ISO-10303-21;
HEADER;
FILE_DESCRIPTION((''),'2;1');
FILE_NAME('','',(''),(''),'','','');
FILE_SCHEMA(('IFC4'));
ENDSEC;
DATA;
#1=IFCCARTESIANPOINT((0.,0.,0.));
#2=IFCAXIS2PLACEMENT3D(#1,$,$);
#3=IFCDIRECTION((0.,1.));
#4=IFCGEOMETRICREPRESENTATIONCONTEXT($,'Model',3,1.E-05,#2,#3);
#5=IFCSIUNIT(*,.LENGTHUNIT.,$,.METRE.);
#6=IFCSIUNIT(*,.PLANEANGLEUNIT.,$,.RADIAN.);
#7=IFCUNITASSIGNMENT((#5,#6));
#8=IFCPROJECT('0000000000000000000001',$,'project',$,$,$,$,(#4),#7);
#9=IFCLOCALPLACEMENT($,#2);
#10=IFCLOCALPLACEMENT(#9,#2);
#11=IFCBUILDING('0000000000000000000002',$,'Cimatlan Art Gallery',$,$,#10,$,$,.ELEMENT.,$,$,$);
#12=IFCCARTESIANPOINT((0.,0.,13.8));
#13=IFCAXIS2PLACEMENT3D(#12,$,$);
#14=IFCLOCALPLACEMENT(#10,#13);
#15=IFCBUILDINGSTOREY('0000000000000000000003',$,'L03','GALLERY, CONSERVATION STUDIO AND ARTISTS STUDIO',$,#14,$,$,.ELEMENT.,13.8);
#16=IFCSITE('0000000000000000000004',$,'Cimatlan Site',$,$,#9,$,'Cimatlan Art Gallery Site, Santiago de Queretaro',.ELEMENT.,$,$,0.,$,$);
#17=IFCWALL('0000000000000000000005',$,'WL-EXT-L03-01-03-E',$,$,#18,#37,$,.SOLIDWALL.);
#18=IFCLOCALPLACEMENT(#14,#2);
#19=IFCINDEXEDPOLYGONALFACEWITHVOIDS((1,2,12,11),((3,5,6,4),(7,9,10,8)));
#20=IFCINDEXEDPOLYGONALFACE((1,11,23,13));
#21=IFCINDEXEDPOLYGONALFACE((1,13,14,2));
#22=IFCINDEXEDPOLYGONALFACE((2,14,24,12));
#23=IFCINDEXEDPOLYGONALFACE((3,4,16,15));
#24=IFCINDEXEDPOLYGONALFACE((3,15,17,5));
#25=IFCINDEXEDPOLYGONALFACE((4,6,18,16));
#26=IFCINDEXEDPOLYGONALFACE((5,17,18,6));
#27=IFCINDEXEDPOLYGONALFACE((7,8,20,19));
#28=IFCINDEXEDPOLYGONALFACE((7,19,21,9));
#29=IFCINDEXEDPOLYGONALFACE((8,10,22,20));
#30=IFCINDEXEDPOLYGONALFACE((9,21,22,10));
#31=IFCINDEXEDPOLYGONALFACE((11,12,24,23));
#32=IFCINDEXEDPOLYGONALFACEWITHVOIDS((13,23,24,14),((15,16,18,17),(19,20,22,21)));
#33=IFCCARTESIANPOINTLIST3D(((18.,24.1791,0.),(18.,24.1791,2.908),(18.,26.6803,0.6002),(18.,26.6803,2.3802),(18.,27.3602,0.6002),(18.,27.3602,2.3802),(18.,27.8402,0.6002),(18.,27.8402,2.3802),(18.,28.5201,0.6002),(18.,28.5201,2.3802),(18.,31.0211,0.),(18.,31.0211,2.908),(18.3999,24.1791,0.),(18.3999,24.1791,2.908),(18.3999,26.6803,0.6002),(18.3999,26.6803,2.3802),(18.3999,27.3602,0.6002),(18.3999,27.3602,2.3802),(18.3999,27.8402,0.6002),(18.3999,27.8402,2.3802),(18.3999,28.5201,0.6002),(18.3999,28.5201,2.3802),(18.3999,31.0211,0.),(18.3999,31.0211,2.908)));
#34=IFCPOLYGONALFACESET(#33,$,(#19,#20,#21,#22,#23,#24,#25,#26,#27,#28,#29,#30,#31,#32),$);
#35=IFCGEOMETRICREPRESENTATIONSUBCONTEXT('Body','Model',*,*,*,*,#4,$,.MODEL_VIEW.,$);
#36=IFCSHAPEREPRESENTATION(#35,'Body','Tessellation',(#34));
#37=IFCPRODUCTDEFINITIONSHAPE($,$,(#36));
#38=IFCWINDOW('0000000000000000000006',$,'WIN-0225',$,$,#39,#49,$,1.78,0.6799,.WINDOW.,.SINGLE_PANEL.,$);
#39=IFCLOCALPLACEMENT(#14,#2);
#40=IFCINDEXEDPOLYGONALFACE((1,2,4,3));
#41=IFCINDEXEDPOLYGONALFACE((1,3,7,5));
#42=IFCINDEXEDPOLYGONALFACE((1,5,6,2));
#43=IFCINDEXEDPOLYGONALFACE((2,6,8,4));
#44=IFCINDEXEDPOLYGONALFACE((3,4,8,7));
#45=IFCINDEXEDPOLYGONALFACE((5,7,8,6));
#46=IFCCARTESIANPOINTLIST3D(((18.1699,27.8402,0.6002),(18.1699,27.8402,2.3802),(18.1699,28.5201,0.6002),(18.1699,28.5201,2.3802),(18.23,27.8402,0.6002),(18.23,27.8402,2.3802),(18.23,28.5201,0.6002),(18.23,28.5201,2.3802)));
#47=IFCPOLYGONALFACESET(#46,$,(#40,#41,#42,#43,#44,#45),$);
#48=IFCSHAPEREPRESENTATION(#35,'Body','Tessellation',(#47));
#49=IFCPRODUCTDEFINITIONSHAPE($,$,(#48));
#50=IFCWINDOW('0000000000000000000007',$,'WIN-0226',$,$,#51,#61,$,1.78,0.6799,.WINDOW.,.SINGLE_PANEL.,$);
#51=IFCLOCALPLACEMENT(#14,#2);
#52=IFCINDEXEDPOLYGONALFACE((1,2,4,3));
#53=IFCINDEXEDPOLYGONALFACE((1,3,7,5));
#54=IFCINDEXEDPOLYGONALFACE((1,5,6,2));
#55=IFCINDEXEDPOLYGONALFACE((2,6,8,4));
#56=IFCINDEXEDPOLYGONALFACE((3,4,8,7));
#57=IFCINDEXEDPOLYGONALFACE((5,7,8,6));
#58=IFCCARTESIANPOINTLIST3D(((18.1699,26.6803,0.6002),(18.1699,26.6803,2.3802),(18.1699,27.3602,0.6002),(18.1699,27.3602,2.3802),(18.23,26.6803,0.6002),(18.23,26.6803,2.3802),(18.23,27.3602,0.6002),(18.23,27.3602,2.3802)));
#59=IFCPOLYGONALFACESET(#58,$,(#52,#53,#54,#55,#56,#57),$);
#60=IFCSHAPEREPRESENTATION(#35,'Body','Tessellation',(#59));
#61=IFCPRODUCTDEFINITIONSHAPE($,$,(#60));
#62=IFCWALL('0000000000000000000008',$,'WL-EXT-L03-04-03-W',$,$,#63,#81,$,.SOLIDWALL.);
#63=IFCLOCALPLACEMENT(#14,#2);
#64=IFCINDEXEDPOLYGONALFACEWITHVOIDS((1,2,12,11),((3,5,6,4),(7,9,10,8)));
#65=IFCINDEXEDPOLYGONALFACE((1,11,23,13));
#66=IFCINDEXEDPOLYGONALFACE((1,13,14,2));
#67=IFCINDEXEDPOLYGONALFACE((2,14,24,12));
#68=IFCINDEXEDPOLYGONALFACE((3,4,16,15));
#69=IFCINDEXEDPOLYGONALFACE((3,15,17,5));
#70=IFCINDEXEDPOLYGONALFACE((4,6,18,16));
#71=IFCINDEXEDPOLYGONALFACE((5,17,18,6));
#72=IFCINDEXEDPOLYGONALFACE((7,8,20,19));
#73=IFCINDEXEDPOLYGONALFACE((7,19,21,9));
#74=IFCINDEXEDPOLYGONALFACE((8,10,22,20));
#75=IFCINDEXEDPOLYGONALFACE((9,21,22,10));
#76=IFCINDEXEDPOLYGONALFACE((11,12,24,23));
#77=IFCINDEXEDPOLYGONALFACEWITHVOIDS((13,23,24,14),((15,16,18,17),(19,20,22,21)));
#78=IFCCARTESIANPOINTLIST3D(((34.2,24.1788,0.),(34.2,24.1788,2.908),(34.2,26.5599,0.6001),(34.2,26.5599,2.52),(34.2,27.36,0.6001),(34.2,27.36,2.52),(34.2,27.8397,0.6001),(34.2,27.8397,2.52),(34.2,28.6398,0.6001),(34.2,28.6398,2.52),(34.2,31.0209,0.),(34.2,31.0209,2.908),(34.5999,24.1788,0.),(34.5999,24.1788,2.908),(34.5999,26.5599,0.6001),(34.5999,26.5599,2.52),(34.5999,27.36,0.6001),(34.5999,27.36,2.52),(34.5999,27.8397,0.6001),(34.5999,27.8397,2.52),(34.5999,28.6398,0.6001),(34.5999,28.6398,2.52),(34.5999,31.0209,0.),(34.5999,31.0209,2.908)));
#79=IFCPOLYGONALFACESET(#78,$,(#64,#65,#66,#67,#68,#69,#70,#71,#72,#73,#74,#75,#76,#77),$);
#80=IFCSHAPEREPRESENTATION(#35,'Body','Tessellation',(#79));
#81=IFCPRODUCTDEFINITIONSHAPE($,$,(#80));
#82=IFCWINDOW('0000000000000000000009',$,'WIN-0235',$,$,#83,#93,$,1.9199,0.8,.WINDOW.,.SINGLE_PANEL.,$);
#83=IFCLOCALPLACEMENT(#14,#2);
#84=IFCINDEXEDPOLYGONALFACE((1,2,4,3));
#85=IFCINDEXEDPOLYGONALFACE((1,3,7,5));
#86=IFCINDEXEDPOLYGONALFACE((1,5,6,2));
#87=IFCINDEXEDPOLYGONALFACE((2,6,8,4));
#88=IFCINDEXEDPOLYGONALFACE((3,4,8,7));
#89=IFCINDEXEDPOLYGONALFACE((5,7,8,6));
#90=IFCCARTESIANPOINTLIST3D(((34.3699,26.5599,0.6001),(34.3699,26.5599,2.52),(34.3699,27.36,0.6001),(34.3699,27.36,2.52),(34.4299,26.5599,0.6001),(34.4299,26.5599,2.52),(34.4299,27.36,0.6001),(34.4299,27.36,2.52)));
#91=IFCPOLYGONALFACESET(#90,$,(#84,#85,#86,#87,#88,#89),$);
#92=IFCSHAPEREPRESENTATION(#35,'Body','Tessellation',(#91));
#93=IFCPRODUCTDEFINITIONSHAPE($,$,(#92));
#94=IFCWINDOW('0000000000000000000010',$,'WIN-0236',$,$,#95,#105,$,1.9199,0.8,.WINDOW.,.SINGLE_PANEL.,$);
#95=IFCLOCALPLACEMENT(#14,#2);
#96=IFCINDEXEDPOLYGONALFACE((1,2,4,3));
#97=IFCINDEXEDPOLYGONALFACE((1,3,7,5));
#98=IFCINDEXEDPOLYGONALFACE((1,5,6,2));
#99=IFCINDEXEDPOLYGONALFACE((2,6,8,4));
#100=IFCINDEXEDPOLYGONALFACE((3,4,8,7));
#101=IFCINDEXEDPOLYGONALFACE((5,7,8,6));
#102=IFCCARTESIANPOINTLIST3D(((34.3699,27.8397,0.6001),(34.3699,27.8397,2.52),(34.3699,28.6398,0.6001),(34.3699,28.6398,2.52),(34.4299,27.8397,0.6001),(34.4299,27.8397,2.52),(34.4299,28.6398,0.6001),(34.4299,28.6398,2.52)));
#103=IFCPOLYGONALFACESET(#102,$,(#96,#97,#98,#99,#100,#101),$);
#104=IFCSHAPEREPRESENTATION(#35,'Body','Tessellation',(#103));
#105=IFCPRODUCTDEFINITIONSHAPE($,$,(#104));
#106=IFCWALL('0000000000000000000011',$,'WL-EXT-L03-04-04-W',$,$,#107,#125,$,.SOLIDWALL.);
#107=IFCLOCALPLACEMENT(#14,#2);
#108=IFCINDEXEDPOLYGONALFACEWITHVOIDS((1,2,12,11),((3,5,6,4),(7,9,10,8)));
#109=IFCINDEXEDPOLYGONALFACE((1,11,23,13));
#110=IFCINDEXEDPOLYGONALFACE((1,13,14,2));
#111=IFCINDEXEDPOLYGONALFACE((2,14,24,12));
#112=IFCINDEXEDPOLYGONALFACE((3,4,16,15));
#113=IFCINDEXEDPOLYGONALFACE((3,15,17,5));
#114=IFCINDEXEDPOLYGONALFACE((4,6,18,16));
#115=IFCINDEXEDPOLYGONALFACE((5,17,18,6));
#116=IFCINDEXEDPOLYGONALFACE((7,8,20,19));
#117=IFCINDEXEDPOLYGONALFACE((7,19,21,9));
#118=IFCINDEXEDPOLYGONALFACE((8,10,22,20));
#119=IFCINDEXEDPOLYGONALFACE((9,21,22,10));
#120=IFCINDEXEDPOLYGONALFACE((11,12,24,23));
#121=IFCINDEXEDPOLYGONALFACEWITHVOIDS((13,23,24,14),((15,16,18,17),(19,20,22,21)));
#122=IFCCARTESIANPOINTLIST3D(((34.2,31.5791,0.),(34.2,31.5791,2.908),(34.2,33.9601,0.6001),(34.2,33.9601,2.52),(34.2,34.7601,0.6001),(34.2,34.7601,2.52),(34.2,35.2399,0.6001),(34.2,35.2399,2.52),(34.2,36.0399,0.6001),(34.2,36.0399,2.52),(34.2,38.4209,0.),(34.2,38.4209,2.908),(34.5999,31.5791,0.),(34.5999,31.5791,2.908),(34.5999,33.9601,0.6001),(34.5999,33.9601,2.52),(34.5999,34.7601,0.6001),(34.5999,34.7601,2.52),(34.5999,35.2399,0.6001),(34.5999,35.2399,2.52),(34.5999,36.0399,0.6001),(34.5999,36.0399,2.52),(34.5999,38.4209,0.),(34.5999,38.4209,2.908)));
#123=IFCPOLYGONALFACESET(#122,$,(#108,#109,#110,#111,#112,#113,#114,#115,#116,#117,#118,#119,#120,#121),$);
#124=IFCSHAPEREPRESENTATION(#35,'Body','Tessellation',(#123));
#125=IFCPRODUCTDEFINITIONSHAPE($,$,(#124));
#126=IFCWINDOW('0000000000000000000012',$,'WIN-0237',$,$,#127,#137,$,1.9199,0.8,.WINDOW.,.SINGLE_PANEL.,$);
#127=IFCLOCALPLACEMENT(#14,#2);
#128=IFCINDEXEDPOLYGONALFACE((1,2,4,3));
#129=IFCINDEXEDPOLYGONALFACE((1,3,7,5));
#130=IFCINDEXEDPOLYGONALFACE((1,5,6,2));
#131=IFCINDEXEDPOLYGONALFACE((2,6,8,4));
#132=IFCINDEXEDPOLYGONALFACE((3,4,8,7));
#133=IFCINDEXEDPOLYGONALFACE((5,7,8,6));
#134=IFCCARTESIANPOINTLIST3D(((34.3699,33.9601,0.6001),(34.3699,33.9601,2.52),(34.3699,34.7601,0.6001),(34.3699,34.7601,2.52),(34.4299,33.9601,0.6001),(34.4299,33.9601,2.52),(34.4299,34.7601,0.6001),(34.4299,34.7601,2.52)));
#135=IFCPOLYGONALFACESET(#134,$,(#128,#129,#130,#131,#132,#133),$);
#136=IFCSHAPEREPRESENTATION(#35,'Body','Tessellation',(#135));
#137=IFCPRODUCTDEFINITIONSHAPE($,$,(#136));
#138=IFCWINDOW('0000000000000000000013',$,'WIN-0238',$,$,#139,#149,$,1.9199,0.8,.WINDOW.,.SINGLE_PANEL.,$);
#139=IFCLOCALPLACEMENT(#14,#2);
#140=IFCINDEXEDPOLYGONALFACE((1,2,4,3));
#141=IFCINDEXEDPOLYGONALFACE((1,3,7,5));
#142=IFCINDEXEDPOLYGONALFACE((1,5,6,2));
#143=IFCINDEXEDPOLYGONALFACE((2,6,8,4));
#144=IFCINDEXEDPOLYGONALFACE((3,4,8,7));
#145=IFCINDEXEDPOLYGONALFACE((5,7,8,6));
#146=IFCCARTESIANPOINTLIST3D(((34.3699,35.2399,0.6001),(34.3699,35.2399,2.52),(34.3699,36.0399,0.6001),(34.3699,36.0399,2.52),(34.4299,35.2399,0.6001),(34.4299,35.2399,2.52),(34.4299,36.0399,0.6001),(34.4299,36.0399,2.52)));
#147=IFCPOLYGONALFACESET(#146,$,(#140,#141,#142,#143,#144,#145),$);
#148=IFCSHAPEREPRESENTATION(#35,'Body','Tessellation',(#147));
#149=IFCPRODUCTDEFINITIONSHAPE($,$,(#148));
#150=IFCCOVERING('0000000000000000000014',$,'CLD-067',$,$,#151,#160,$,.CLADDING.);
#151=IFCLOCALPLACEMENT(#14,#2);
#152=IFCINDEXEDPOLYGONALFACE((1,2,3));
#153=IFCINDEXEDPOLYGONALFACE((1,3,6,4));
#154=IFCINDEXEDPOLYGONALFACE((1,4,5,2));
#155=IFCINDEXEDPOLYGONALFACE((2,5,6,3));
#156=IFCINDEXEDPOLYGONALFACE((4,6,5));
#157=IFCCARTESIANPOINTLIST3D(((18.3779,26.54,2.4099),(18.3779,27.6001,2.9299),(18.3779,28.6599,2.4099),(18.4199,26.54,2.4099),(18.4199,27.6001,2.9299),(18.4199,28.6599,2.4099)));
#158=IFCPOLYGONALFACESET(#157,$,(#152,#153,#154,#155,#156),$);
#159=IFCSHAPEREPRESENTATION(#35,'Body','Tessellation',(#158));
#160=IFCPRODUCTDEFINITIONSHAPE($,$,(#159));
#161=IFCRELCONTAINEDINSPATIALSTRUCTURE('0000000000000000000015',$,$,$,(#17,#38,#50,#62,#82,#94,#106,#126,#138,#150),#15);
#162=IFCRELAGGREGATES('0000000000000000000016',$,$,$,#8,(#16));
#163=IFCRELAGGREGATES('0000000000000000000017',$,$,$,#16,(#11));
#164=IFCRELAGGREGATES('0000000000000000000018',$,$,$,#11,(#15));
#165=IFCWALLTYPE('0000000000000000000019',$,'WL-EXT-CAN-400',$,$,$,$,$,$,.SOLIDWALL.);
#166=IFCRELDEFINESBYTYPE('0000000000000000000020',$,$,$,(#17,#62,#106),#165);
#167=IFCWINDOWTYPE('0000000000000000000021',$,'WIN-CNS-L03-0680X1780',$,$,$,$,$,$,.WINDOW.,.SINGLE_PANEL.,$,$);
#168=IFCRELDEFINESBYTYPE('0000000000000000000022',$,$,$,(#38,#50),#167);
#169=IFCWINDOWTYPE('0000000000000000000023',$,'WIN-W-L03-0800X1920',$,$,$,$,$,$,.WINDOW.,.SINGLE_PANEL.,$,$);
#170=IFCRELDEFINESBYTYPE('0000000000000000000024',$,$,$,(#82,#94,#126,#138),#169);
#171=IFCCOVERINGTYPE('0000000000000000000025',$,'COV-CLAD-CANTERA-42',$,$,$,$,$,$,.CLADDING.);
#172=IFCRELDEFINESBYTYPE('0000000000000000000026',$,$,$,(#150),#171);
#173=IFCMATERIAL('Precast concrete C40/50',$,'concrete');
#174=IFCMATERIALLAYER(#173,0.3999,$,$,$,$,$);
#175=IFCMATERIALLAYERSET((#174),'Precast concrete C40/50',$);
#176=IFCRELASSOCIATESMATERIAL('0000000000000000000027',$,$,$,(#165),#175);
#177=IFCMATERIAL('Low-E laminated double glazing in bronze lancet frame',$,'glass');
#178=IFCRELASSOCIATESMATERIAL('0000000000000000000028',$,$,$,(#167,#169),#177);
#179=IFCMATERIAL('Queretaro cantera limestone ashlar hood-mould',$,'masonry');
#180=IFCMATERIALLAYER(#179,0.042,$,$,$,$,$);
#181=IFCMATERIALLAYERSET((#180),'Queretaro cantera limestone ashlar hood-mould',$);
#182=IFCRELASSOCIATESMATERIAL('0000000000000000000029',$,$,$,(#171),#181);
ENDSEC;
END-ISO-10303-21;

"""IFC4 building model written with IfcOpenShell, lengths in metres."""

from ifc_helpers import new_model, si_unit, direction, frame, frame_2d, origin, place, context, subcontext, project, spatial, polyline, rectangle, outline, extrude, material, layer, layer_set, type_object, element, fill, save


model = new_model("IFC4")

# Units and contexts
model_context = context("Model", 3, precision=1e-05, world=origin(), true_north=direction((0.0, 1.0)))
body_context = subcontext(model_context, "Body", "Model", "MODEL_VIEW")
ifc_project = project(units=[si_unit("LENGTHUNIT", "METRE"), si_unit("PLANEANGLEUNIT", "RADIAN")], contexts=[model_context])

# Site, building, storey
site_placement = place(None, origin())
site = spatial("IfcSite", under=ifc_project, at=site_placement, Name="Cimatlan Site", LongName="Cimatlan Art Gallery Site, Santiago de Queretaro", CompositionType="ELEMENT", RefElevation=0.0)
building_placement = place(site_placement, origin())
building = spatial("IfcBuilding", under=site, at=building_placement, Name="Cimatlan Art Gallery", CompositionType="ELEMENT")
storey_placement = place(building_placement, frame((0.0, 0.0, 13.8)))
storey = spatial("IfcBuildingStorey", under=building, at=storey_placement, Name="L03", Description="GALLERY, CONSERVATION STUDIO AND ARTISTS STUDIO", CompositionType="ELEMENT", Elevation=13.8)

# Walls, openings, windows
ifc_material_1 = material(Name="Precast concrete C40/50", Category="concrete")
ifc_layer_1 = layer(ifc_material_1, 0.3999)
ifc_layer_set_1 = layer_set([ifc_layer_1], Name="Precast concrete C40/50")
wall_type = type_object("IfcWallType", Name="WL-EXT-CAN-400", PredefinedType="SOLIDWALL", material=ifc_layer_set_1)
ifc_material_2 = material(Name="Low-E laminated double glazing in bronze lancet frame", Category="glass")
window_type_1 = type_object("IfcWindowType", Name="WIN-CNS-L03-0680X1780", PartitioningType="SINGLE_PANEL", PredefinedType="WINDOW", material=ifc_material_2)
wall_1_placement = place(storey_placement, frame((18.2, 31.021, 0.0), z_axis=(0.0, 0.0, 1.0), x_axis=(0.0, -1.0, 0.0)))
wall_1 = element("IfcWall", 1, at=wall_1_placement, inside=storey, type_object=wall_type, Name="WL-EXT-L03-01-03-E", PredefinedType="SOLIDWALL", context=body_context, shape_type="SweptSolid", body=[
    extrude(rectangle(XDim=6.842, YDim=0.3999, at=frame_2d((3.4209, 0.0))), origin(), (0.0, 0.0, 1.0), 2.908),
])
opening_1_placement = place(wall_1_placement, frame((2.501, 0.0, 0.6001)))
opening_1 = element("IfcOpeningElement", 2, at=opening_1_placement, cuts=wall_1, PredefinedType="OPENING", context=body_context, shape_type="SweptSolid", body=[
    extrude(rectangle(XDim=0.6799, YDim=1.78, at=frame_2d((0.3398, 0.8901))), frame((0.0, 0.21, 0.0), z_axis=(0.0, -1.0, 0.0), x_axis=(1.0, 0.0, 0.0)), (0.0, 0.0, 1.0), 0.4199),
])
opening_2_placement = place(wall_1_placement, frame((3.6609, 0.0, 0.6001)))
opening_2 = element("IfcOpeningElement", 3, at=opening_2_placement, cuts=wall_1, PredefinedType="OPENING", context=body_context, shape_type="SweptSolid", body=[
    extrude(rectangle(XDim=0.6799, YDim=1.78, at=frame_2d((0.3398, 0.8901))), frame((0.0, 0.21, 0.0), z_axis=(0.0, -1.0, 0.0), x_axis=(1.0, 0.0, 0.0)), (0.0, 0.0, 1.0), 0.4199),
])
window_1_placement = place(opening_1_placement, origin())
window_1 = element("IfcWindow", 4, at=window_1_placement, inside=storey, type_object=window_type_1, Name="WIN-0225", OverallHeight=1.78, OverallWidth=0.6799, PartitioningType="SINGLE_PANEL", PredefinedType="WINDOW", context=body_context, shape_type="SweptSolid", body=[
    extrude(rectangle(XDim=0.6799, YDim=1.78, at=frame_2d((0.3398, 0.8901))), frame((0.0, 0.03, 0.0), z_axis=(0.0, -1.0, 0.0), x_axis=(1.0, 0.0, 0.0)), (0.0, 0.0, 1.0), 0.0601),
])
fill(opening_1, window_1)
window_2_placement = place(opening_2_placement, origin())
window_2 = element("IfcWindow", 5, at=window_2_placement, inside=storey, type_object=window_type_1, Name="WIN-0226", OverallHeight=1.78, OverallWidth=0.6799, PartitioningType="SINGLE_PANEL", PredefinedType="WINDOW", context=body_context, shape_type="SweptSolid", body=[
    extrude(rectangle(XDim=0.6799, YDim=1.78, at=frame_2d((0.3398, 0.8901))), frame((0.0, 0.03, 0.0), z_axis=(0.0, -1.0, 0.0), x_axis=(1.0, 0.0, 0.0)), (0.0, 0.0, 1.0), 0.0601),
])
fill(opening_2, window_2)
wall_2_placement = place(storey_placement, frame((34.3999, 24.179, 0.0), z_axis=(0.0, 0.0, 1.0), x_axis=(0.0, 1.0, 0.0)))
wall_2 = element("IfcWall", 6, at=wall_2_placement, inside=storey, type_object=wall_type, Name="WL-EXT-L03-04-03-W", PredefinedType="SOLIDWALL", context=body_context, shape_type="SweptSolid", body=[
    extrude(rectangle(XDim=6.842, YDim=0.3999, at=frame_2d((3.4209, 0.0))), origin(), (0.0, 0.0, 1.0), 2.908),
])
opening_3_placement = place(wall_2_placement, frame((2.3811, 0.0, 0.6001)))
opening_3 = element("IfcOpeningElement", 7, at=opening_3_placement, cuts=wall_2, PredefinedType="OPENING", context=body_context, shape_type="SweptSolid", body=[
    extrude(rectangle(XDim=0.8, YDim=1.9199, at=frame_2d((0.3999, 0.96))), frame((0.0, 0.21, 0.0), z_axis=(0.0, -1.0, 0.0), x_axis=(1.0, 0.0, 0.0)), (0.0, 0.0, 1.0), 0.4199),
])
opening_4_placement = place(wall_2_placement, frame((3.6609, 0.0, 0.6001)))
opening_4 = element("IfcOpeningElement", 8, at=opening_4_placement, cuts=wall_2, PredefinedType="OPENING", context=body_context, shape_type="SweptSolid", body=[
    extrude(rectangle(XDim=0.8, YDim=1.9199, at=frame_2d((0.3999, 0.96))), frame((0.0, 0.21, 0.0), z_axis=(0.0, -1.0, 0.0), x_axis=(1.0, 0.0, 0.0)), (0.0, 0.0, 1.0), 0.4199),
])
window_type_2 = type_object("IfcWindowType", Name="WIN-W-L03-0800X1920", PartitioningType="SINGLE_PANEL", PredefinedType="WINDOW", material=ifc_material_2)
window_3_placement = place(opening_3_placement, origin())
window_3 = element("IfcWindow", 9, at=window_3_placement, inside=storey, type_object=window_type_2, Name="WIN-0235", OverallHeight=1.9199, OverallWidth=0.8, PartitioningType="SINGLE_PANEL", PredefinedType="WINDOW", context=body_context, shape_type="SweptSolid", body=[
    extrude(rectangle(XDim=0.8, YDim=1.9199, at=frame_2d((0.3999, 0.96))), frame((0.0, 0.03, 0.0), z_axis=(0.0, -1.0, 0.0), x_axis=(1.0, 0.0, 0.0)), (0.0, 0.0, 1.0), 0.0601),
])
fill(opening_3, window_3)
window_4_placement = place(opening_4_placement, origin())
window_4 = element("IfcWindow", 10, at=window_4_placement, inside=storey, type_object=window_type_2, Name="WIN-0236", OverallHeight=1.9199, OverallWidth=0.8, PartitioningType="SINGLE_PANEL", PredefinedType="WINDOW", context=body_context, shape_type="SweptSolid", body=[
    extrude(rectangle(XDim=0.8, YDim=1.9199, at=frame_2d((0.3999, 0.96))), frame((0.0, 0.03, 0.0), z_axis=(0.0, -1.0, 0.0), x_axis=(1.0, 0.0, 0.0)), (0.0, 0.0, 1.0), 0.0601),
])
fill(opening_4, window_4)
wall_3_placement = place(storey_placement, frame((34.3999, 31.5791, 0.0), z_axis=(0.0, 0.0, 1.0), x_axis=(0.0, 1.0, 0.0)))
wall_3 = element("IfcWall", 11, at=wall_3_placement, inside=storey, type_object=wall_type, Name="WL-EXT-L03-04-04-W", PredefinedType="SOLIDWALL", context=body_context, shape_type="SweptSolid", body=[
    extrude(rectangle(XDim=6.8418, YDim=0.3999, at=frame_2d((3.4209, 0.0))), origin(), (0.0, 0.0, 1.0), 2.908),
])
opening_5_placement = place(wall_3_placement, frame((2.3811, 0.0, 0.6001)))
opening_5 = element("IfcOpeningElement", 12, at=opening_5_placement, cuts=wall_3, PredefinedType="OPENING", context=body_context, shape_type="SweptSolid", body=[
    extrude(rectangle(XDim=0.8, YDim=1.9199, at=frame_2d((0.3999, 0.96))), frame((0.0, 0.21, 0.0), z_axis=(0.0, -1.0, 0.0), x_axis=(1.0, 0.0, 0.0)), (0.0, 0.0, 1.0), 0.4199),
])
opening_6_placement = place(wall_3_placement, frame((3.6609, 0.0, 0.6001)))
opening_6 = element("IfcOpeningElement", 13, at=opening_6_placement, cuts=wall_3, PredefinedType="OPENING", context=body_context, shape_type="SweptSolid", body=[
    extrude(rectangle(XDim=0.8, YDim=1.9199, at=frame_2d((0.3999, 0.96))), frame((0.0, 0.21, 0.0), z_axis=(0.0, -1.0, 0.0), x_axis=(1.0, 0.0, 0.0)), (0.0, 0.0, 1.0), 0.4199),
])
window_5_placement = place(opening_5_placement, origin())
window_5 = element("IfcWindow", 14, at=window_5_placement, inside=storey, type_object=window_type_2, Name="WIN-0237", OverallHeight=1.9199, OverallWidth=0.8, PartitioningType="SINGLE_PANEL", PredefinedType="WINDOW", context=body_context, shape_type="SweptSolid", body=[
    extrude(rectangle(XDim=0.8, YDim=1.9199, at=frame_2d((0.3999, 0.96))), frame((0.0, 0.03, 0.0), z_axis=(0.0, -1.0, 0.0), x_axis=(1.0, 0.0, 0.0)), (0.0, 0.0, 1.0), 0.0601),
])
fill(opening_5, window_5)
window_6_placement = place(opening_6_placement, origin())
window_6 = element("IfcWindow", 15, at=window_6_placement, inside=storey, type_object=window_type_2, Name="WIN-0238", OverallHeight=1.9199, OverallWidth=0.8, PartitioningType="SINGLE_PANEL", PredefinedType="WINDOW", context=body_context, shape_type="SweptSolid", body=[
    extrude(rectangle(XDim=0.8, YDim=1.9199, at=frame_2d((0.3999, 0.96))), frame((0.0, 0.03, 0.0), z_axis=(0.0, -1.0, 0.0), x_axis=(1.0, 0.0, 0.0)), (0.0, 0.0, 1.0), 0.0601),
])
fill(opening_6, window_6)

# Covering
ifc_material_3 = material(Name="Queretaro cantera limestone ashlar hood-mould", Category="masonry")
ifc_layer_2 = layer(ifc_material_3, 0.042)
ifc_layer_set_2 = layer_set([ifc_layer_2], Name="Queretaro cantera limestone ashlar hood-mould")
covering_type = type_object("IfcCoveringType", Name="COV-CLAD-CANTERA-42", PredefinedType="CLADDING", material=ifc_layer_set_2)
covering_1_placement = place(storey_placement, frame((18.3779, 28.6599, 2.4099), z_axis=(-1.0, 0.0, 0.0), x_axis=(0.0, -1.0, 0.0)))
element("IfcCovering", 16, at=covering_1_placement, inside=storey, type_object=covering_type, Name="CLD-067", PredefinedType="CLADDING", context=body_context, shape_type="SweptSolid", body=[
    extrude(outline(polyline([(0.0, 0.0), (2.1199, 0.0), (1.0598, 0.52), (0.0, 0.0)])), origin(), (0.0, 0.0, -1.0), 0.042),
])

save(model, "model.ifc")
